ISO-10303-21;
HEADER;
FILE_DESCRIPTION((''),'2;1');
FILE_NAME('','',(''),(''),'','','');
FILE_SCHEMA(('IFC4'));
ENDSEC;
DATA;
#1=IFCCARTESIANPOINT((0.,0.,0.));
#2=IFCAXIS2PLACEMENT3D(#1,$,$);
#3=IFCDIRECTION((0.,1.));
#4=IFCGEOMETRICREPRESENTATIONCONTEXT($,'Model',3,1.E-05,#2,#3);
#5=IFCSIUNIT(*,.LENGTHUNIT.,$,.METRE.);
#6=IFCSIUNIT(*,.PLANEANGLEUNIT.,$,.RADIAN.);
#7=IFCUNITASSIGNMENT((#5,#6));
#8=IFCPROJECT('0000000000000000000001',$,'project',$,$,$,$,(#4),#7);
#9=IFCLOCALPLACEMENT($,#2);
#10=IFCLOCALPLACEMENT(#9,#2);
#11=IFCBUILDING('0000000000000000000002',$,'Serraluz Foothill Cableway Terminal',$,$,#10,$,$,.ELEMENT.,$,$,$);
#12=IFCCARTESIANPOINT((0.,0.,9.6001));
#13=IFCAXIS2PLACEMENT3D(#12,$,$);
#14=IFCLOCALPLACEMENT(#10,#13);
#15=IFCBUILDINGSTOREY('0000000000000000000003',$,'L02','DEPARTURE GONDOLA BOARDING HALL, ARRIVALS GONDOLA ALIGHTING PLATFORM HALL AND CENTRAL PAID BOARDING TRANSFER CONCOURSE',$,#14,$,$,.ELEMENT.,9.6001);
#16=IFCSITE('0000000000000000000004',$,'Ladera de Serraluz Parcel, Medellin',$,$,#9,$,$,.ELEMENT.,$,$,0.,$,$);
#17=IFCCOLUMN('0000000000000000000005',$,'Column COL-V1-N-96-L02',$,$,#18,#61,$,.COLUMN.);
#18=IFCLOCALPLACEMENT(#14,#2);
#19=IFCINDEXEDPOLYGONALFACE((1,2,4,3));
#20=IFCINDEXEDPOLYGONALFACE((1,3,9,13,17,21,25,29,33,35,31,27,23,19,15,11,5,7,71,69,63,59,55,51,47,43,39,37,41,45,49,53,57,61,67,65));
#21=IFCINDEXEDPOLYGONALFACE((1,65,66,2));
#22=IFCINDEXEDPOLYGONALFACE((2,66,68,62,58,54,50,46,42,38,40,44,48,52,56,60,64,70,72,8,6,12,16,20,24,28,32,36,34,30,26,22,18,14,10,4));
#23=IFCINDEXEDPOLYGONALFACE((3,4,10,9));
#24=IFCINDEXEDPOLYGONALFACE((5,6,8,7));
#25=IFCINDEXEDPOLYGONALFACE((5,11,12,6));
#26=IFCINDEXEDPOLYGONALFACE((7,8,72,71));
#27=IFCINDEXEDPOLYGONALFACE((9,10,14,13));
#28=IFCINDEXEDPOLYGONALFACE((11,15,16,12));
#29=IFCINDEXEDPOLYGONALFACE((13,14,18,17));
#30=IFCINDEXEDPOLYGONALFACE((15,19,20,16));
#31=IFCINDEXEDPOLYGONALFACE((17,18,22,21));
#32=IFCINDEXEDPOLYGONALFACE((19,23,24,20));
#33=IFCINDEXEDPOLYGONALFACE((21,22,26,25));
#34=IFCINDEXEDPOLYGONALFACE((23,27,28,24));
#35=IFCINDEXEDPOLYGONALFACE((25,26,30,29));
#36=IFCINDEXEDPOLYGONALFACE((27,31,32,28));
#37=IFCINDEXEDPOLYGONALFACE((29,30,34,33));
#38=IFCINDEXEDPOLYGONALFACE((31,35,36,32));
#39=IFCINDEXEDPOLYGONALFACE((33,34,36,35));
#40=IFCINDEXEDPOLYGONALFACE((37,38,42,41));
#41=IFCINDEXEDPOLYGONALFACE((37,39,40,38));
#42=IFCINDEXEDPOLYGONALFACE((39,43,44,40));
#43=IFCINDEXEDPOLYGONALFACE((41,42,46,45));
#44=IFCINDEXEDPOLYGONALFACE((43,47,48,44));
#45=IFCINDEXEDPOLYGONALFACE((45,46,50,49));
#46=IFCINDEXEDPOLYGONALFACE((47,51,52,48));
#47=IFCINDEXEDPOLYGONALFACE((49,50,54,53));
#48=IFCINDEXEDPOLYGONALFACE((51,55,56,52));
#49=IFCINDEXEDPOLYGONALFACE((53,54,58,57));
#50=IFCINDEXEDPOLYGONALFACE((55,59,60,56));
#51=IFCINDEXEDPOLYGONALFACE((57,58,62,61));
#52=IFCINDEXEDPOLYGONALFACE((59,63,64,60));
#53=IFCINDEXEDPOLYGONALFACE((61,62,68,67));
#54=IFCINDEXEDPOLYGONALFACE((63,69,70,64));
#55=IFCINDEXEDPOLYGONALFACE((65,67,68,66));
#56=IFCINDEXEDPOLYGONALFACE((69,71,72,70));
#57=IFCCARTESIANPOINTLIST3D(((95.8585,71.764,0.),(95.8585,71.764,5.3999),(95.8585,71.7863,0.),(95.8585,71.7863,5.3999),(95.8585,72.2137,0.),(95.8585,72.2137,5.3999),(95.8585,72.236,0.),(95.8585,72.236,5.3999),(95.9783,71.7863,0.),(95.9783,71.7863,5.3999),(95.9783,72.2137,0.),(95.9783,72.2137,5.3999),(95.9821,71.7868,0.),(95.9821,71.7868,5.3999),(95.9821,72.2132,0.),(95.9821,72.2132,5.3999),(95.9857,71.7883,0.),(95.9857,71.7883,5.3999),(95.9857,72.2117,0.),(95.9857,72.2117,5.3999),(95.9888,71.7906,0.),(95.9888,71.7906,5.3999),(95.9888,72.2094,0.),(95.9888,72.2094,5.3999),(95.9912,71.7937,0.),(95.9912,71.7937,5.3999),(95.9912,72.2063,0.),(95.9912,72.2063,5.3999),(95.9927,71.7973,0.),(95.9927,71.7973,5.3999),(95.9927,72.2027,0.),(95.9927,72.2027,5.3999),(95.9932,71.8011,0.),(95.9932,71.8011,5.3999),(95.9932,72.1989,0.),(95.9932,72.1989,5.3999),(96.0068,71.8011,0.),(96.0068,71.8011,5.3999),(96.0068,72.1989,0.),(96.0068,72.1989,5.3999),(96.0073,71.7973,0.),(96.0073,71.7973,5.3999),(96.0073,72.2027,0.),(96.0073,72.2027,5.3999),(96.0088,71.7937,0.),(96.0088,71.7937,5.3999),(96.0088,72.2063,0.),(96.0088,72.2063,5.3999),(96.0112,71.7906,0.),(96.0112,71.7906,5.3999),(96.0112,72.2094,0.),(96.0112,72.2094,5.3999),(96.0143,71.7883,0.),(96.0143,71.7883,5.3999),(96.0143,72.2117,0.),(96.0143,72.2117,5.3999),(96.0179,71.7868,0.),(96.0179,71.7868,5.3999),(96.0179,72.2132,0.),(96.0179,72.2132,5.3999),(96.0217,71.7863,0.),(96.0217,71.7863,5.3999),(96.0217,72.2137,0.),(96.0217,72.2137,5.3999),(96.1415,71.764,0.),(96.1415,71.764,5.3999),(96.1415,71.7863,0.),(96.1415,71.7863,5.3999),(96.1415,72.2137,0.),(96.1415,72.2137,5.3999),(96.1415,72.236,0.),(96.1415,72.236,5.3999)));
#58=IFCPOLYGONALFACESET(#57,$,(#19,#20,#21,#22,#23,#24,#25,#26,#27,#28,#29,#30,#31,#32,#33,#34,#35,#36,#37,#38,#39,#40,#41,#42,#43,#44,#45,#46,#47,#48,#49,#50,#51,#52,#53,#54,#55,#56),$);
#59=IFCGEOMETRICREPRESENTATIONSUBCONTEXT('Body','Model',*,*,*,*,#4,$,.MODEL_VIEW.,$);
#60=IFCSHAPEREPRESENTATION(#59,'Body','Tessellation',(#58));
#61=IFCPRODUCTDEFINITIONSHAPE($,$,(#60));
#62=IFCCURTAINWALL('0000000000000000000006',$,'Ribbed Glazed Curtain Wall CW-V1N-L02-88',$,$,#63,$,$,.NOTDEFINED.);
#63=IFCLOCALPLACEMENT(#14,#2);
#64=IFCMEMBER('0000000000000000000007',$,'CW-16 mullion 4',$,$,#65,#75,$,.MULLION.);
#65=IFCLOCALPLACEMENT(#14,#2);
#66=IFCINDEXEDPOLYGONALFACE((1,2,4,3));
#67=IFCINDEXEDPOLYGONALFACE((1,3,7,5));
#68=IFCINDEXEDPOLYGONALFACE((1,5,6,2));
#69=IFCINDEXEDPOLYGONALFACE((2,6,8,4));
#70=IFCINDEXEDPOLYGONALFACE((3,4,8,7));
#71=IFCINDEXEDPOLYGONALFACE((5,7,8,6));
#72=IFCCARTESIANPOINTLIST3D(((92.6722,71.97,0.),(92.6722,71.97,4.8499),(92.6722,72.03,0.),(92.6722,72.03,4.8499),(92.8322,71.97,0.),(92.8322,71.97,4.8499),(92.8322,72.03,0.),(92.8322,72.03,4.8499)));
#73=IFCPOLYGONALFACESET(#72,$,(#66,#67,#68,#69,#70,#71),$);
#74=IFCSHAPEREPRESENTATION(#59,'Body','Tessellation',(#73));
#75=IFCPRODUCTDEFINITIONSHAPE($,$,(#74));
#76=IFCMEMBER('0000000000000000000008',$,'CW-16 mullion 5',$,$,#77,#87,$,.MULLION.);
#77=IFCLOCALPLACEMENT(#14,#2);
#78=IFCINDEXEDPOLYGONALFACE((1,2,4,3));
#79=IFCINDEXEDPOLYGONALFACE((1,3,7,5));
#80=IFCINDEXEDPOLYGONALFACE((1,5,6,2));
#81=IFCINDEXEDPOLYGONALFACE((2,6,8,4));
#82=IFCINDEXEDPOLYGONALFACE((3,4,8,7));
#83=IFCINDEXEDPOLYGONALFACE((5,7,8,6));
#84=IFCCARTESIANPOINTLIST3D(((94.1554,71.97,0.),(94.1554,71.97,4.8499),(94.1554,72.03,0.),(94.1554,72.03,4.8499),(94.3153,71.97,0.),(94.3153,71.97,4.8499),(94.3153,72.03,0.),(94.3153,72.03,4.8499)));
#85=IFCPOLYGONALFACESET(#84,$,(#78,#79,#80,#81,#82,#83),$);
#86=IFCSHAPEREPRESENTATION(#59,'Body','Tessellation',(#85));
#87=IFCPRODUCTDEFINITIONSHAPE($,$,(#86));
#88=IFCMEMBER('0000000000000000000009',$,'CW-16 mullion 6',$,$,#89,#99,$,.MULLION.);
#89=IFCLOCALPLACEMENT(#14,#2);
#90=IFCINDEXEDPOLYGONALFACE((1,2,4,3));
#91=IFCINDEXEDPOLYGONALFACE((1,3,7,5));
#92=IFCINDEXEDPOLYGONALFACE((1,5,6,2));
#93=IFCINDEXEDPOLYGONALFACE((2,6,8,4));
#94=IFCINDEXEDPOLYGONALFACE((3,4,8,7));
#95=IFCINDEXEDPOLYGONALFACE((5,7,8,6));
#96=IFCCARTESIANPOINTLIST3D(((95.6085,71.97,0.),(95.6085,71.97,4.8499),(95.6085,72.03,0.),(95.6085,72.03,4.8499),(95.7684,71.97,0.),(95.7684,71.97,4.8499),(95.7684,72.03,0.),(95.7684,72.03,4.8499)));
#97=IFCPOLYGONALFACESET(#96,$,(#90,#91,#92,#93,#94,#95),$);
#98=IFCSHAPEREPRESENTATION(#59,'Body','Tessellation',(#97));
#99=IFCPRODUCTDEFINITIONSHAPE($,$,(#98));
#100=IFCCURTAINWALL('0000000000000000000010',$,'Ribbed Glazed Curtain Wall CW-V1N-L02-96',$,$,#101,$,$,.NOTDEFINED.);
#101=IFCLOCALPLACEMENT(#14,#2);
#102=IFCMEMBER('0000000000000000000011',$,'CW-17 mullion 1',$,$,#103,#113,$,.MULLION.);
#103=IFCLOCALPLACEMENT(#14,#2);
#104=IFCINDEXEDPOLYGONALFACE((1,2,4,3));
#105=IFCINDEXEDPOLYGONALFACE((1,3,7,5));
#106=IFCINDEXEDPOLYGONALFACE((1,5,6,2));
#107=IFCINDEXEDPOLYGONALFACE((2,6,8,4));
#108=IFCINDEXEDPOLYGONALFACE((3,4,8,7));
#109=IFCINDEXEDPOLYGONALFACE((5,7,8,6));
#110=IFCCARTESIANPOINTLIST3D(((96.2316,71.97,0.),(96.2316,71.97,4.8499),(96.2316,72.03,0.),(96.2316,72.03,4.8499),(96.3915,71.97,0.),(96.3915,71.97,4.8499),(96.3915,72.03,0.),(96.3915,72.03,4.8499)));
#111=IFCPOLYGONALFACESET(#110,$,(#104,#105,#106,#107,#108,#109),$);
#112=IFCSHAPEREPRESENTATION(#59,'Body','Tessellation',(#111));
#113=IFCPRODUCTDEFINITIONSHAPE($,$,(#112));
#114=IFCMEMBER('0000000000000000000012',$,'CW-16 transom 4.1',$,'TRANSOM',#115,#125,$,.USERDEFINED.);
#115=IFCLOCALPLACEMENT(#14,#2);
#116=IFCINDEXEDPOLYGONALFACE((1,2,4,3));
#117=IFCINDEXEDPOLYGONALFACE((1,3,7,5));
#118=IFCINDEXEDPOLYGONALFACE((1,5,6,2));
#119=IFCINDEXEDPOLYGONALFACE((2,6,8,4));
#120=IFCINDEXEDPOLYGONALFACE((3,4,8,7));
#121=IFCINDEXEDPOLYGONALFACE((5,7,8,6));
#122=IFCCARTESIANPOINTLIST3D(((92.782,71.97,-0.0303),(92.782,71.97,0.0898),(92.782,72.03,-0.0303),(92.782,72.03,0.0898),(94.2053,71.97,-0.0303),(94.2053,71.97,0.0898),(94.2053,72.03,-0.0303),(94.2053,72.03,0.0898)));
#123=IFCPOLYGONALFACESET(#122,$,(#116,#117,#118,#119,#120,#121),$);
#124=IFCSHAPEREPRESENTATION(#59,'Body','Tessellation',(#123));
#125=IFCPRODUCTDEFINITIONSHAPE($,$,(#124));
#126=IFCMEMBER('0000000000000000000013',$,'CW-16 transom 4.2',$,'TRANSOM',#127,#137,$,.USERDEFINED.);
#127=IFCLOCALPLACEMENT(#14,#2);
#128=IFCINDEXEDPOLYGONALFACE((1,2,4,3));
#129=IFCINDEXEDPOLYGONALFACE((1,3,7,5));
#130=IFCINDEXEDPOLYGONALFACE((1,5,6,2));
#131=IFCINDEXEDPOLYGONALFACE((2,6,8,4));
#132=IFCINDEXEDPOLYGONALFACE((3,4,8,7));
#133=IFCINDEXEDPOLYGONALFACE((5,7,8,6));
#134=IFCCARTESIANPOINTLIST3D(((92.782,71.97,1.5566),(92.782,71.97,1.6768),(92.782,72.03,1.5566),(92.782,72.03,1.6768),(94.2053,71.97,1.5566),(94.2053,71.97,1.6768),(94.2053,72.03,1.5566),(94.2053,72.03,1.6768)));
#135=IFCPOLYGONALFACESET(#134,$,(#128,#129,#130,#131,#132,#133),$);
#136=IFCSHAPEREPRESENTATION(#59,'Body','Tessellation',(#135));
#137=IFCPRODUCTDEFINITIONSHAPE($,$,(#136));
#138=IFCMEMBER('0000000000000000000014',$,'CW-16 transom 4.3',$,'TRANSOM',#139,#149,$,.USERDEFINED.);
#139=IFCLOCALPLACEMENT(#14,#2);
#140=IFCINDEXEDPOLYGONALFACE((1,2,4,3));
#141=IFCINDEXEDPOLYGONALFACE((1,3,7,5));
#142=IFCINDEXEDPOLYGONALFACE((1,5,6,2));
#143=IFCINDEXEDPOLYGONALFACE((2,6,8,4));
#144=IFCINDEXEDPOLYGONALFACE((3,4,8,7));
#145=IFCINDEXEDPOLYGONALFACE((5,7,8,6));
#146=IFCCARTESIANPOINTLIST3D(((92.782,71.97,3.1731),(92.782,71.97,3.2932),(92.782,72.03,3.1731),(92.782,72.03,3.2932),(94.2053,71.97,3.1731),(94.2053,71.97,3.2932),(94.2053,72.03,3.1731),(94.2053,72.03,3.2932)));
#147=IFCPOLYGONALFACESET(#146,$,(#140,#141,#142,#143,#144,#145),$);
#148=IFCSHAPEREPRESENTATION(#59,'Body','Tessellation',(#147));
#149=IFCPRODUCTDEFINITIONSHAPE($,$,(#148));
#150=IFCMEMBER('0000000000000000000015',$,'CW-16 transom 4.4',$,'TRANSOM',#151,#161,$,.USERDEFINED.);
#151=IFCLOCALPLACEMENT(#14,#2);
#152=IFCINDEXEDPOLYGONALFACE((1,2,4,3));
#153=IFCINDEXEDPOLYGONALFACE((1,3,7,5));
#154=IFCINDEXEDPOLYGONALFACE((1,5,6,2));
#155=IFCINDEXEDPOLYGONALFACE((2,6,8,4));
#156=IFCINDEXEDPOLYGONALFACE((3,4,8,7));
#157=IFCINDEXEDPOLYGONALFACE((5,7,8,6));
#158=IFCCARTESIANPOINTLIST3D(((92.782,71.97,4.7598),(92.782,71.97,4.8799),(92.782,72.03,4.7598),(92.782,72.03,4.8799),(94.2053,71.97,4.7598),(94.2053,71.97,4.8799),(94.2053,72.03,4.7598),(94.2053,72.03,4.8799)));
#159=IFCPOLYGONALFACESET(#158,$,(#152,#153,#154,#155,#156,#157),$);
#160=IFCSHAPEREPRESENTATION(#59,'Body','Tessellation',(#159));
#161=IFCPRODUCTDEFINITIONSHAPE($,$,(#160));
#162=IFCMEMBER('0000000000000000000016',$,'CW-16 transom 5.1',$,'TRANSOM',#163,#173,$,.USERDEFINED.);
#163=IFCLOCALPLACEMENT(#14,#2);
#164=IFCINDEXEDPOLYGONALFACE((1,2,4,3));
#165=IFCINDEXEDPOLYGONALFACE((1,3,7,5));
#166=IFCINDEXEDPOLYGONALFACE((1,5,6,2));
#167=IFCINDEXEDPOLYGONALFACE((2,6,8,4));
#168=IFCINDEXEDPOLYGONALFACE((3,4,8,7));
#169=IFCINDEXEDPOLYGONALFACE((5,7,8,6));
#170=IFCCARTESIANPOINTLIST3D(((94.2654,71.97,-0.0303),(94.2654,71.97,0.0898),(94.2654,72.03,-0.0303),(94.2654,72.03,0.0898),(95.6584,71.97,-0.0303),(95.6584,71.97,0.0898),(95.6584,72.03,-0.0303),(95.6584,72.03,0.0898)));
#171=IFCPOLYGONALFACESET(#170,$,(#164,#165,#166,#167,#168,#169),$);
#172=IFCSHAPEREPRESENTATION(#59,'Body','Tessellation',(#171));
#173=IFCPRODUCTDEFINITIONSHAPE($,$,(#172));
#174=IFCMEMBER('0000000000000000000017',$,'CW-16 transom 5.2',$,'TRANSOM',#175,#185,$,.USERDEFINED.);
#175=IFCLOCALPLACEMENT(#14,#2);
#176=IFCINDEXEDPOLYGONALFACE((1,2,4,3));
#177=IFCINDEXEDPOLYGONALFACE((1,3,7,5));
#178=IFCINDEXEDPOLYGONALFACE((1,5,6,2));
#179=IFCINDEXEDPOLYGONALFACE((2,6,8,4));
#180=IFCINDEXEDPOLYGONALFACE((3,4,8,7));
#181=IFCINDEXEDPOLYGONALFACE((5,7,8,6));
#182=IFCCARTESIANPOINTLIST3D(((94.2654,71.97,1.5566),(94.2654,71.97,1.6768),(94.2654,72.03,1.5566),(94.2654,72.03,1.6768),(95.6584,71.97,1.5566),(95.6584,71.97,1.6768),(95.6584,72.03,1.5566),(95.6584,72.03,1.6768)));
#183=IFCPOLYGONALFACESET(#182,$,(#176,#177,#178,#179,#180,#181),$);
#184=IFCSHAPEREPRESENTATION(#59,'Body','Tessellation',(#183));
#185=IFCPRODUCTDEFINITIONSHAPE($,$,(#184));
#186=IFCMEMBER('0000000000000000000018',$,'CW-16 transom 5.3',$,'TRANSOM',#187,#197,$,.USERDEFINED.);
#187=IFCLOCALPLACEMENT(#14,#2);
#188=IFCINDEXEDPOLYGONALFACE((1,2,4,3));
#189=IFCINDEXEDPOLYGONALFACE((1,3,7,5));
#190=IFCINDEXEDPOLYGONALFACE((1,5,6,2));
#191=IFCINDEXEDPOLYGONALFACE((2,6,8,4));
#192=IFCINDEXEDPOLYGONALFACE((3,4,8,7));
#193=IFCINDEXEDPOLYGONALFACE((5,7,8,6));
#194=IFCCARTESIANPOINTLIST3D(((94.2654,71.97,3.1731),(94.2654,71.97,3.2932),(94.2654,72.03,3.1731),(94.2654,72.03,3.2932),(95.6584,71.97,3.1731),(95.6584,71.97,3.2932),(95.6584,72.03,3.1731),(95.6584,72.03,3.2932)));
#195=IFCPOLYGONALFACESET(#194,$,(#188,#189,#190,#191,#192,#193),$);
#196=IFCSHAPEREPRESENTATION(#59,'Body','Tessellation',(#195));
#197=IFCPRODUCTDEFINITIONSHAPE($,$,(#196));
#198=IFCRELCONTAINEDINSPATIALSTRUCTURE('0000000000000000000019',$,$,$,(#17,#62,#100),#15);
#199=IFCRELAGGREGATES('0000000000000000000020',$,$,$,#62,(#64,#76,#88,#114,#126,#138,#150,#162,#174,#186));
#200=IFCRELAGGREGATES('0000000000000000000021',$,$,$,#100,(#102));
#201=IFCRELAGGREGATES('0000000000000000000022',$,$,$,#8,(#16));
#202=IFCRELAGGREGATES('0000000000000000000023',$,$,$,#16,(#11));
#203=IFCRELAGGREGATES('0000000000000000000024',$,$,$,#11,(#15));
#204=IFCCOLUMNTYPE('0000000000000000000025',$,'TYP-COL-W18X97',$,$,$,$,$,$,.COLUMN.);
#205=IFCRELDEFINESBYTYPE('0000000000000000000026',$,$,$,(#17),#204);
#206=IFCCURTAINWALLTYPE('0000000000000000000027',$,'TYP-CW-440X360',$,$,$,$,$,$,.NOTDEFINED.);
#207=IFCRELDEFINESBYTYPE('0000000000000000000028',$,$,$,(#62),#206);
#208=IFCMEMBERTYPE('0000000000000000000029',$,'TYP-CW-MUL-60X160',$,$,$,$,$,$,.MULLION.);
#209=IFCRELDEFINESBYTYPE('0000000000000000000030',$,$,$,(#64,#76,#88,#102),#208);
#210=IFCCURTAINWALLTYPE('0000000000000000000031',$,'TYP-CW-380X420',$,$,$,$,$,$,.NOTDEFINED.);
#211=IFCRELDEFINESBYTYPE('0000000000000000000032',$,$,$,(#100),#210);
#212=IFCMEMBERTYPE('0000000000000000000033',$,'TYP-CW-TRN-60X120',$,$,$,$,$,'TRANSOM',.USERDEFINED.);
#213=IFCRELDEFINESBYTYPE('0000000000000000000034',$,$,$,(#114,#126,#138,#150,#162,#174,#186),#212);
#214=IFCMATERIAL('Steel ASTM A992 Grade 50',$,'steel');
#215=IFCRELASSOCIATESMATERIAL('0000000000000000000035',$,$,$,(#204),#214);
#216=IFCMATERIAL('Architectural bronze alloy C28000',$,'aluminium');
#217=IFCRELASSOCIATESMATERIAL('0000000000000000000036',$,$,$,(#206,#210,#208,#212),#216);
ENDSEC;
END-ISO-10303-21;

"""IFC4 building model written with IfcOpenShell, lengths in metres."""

from ifc_helpers import new_model, si_unit, direction, frame, origin, origin_2d, place, context, subcontext, project, spatial, rectangle, i_section, extrude, material, material_profile, profile_set, type_object, element, aggregate, save


model = new_model("IFC4")

# Units and contexts
model_context = context("Model", 3, precision=1e-05, world=origin(), true_north=direction((0.0, 1.0)))
body_context = subcontext(model_context, "Body", "Model", "MODEL_VIEW")
ifc_project = project(units=[si_unit("LENGTHUNIT", "METRE"), si_unit("PLANEANGLEUNIT", "RADIAN")], contexts=[model_context])

# Site, building, storey
site_placement = place(None, origin())
site = spatial("IfcSite", under=ifc_project, at=site_placement, Name="Ladera de Serraluz Parcel, Medellin", CompositionType="ELEMENT", RefElevation=0.0)
building_placement = place(site_placement, origin())
building = spatial("IfcBuilding", under=site, at=building_placement, Name="Serraluz Foothill Cableway Terminal", CompositionType="ELEMENT")
storey_placement = place(building_placement, frame((0.0, 0.0, 9.6001)))
storey = spatial("IfcBuildingStorey", under=building, at=storey_placement, Name="L02", Description="DEPARTURE GONDOLA BOARDING HALL, ARRIVALS GONDOLA ALIGHTING PLATFORM HALL AND CENTRAL PAID BOARDING TRANSFER CONCOURSE", CompositionType="ELEMENT", Elevation=9.6001)

# Column
ifc_material_1 = material(Name="Steel ASTM A992 Grade 50", Category="steel")
ifc_material_profile_1 = material_profile(ifc_material_1, i_section(OverallWidth=0.283, OverallDepth=0.4719, WebThickness=0.0137, FlangeThickness=0.0222, FilletRadius=0.0149, at=origin_2d()), Name="W18X97")
ifc_profile_set_1 = profile_set([ifc_material_profile_1], Name="Steel ASTM A992 Grade 50")
column_type = type_object("IfcColumnType", Name="TYP-COL-W18X97", PredefinedType="COLUMN", material=ifc_profile_set_1)
column_placement = place(storey_placement, frame((96.0, 72.0, 0.0), z_axis=(0.0, 0.0, 1.0), x_axis=(1.0, 0.0, 0.0)))
element("IfcColumn", 1, at=column_placement, inside=storey, type_object=column_type, Name="Column COL-V1-N-96-L02", PredefinedType="COLUMN", context=body_context, shape_type="SweptSolid", body=[
    extrude(i_section(OverallWidth=0.283, OverallDepth=0.4719, WebThickness=0.0137, FlangeThickness=0.0222, FilletRadius=0.0149, at=origin_2d()), origin(), (0.0, 0.0, 1.0), 5.3999),
])

# Curtain wall, members
ifc_material_2 = material(Name="Architectural bronze alloy C28000", Category="aluminium")
curtain_wall_type_1 = type_object("IfcCurtainWallType", Name="TYP-CW-440X360", PredefinedType="NOTDEFINED", material=ifc_material_2)
curtain_wall_1_placement = place(storey_placement, origin())
curtain_wall_1 = element("IfcCurtainWall", 2, at=curtain_wall_1_placement, inside=storey, type_object=curtain_wall_type_1, Name="Ribbed Glazed Curtain Wall CW-V1N-L02-88", PredefinedType="NOTDEFINED")
ifc_material_profile_2 = material_profile(ifc_material_2, rectangle(XDim=0.0601, YDim=0.1599, at=origin_2d()), Name="ALU MULLION 60x160")
ifc_profile_set_2 = profile_set([ifc_material_profile_2], Name="Architectural bronze alloy C28000")
member_type_1 = type_object("IfcMemberType", Name="TYP-CW-MUL-60X160", PredefinedType="MULLION", material=ifc_profile_set_2)
member_1_placement = place(storey_placement, frame((92.7522, 72.0, 0.0), z_axis=(0.0, 0.0, 1.0), x_axis=(0.0, 1.0, 0.0)))
member_1 = element("IfcMember", 3, at=member_1_placement, type_object=member_type_1, Name="CW-16 mullion 4", PredefinedType="MULLION", context=body_context, shape_type="SweptSolid", body=[
    extrude(rectangle(XDim=0.0601, YDim=0.1599, at=origin_2d()), origin(), (0.0, 0.0, 1.0), 4.8499),
])
member_2_placement = place(storey_placement, frame((94.2354, 72.0, 0.0), z_axis=(0.0, 0.0, 1.0), x_axis=(0.0, 1.0, 0.0)))
member_2 = element("IfcMember", 4, at=member_2_placement, type_object=member_type_1, Name="CW-16 mullion 5", PredefinedType="MULLION", context=body_context, shape_type="SweptSolid", body=[
    extrude(rectangle(XDim=0.0601, YDim=0.1599, at=origin_2d()), origin(), (0.0, 0.0, 1.0), 4.8499),
])
member_3_placement = place(storey_placement, frame((95.6885, 72.0, 0.0), z_axis=(0.0, 0.0, 1.0), x_axis=(0.0, 1.0, 0.0)))
member_3 = element("IfcMember", 5, at=member_3_placement, type_object=member_type_1, Name="CW-16 mullion 6", PredefinedType="MULLION", context=body_context, shape_type="SweptSolid", body=[
    extrude(rectangle(XDim=0.0601, YDim=0.1599, at=origin_2d()), origin(), (0.0, 0.0, 1.0), 4.8499),
])

# Curtain wall, member
curtain_wall_type_2 = type_object("IfcCurtainWallType", Name="TYP-CW-380X420", PredefinedType="NOTDEFINED", material=ifc_material_2)
curtain_wall_2_placement = place(storey_placement, origin())
curtain_wall_2 = element("IfcCurtainWall", 6, at=curtain_wall_2_placement, inside=storey, type_object=curtain_wall_type_2, Name="Ribbed Glazed Curtain Wall CW-V1N-L02-96", PredefinedType="NOTDEFINED")
member_4_placement = place(storey_placement, frame((96.3115, 72.0, 0.0), z_axis=(0.0, 0.0, 1.0), x_axis=(0.0, 1.0, 0.0)))
member_4 = element("IfcMember", 7, at=member_4_placement, type_object=member_type_1, Name="CW-17 mullion 1", PredefinedType="MULLION", context=body_context, shape_type="SweptSolid", body=[
    extrude(rectangle(XDim=0.0601, YDim=0.1599, at=origin_2d()), origin(), (0.0, 0.0, 1.0), 4.8499),
])

# Members
ifc_material_profile_3 = material_profile(ifc_material_2, rectangle(XDim=0.0601, YDim=0.1201, at=origin_2d()), Name="ALU TRANSOM 60x120")
ifc_profile_set_3 = profile_set([ifc_material_profile_3], Name="Architectural bronze alloy C28000")
member_type_2 = type_object("IfcMemberType", Name="TYP-CW-TRN-60X120", ElementType="TRANSOM", PredefinedType="USERDEFINED", material=ifc_profile_set_3)
member_5_placement = place(storey_placement, frame((92.782, 72.0, 0.0298), z_axis=(1.0, 0.0, 0.0), x_axis=(0.0, 1.0, 0.0)))
member_5 = element("IfcMember", 8, at=member_5_placement, type_object=member_type_2, Name="CW-16 transom 4.1", ObjectType="TRANSOM", PredefinedType="USERDEFINED", context=body_context, shape_type="SweptSolid", body=[
    extrude(rectangle(XDim=0.0601, YDim=0.1201, at=origin_2d()), origin(), (0.0, 0.0, 1.0), 1.4233),
])
member_6_placement = place(storey_placement, frame((92.782, 72.0, 1.6167), z_axis=(1.0, 0.0, 0.0), x_axis=(0.0, 1.0, 0.0)))
member_6 = element("IfcMember", 9, at=member_6_placement, type_object=member_type_2, Name="CW-16 transom 4.2", ObjectType="TRANSOM", PredefinedType="USERDEFINED", context=body_context, shape_type="SweptSolid", body=[
    extrude(rectangle(XDim=0.0601, YDim=0.1201, at=origin_2d()), origin(), (0.0, 0.0, 1.0), 1.4233),
])
member_7_placement = place(storey_placement, frame((92.782, 72.0, 3.2332), z_axis=(1.0, 0.0, 0.0), x_axis=(0.0, 1.0, 0.0)))
member_7 = element("IfcMember", 10, at=member_7_placement, type_object=member_type_2, Name="CW-16 transom 4.3", ObjectType="TRANSOM", PredefinedType="USERDEFINED", context=body_context, shape_type="SweptSolid", body=[
    extrude(rectangle(XDim=0.0601, YDim=0.1201, at=origin_2d()), origin(), (0.0, 0.0, 1.0), 1.4233),
])
member_8_placement = place(storey_placement, frame((92.782, 72.0, 4.8198), z_axis=(1.0, 0.0, 0.0), x_axis=(0.0, 1.0, 0.0)))
member_8 = element("IfcMember", 11, at=member_8_placement, type_object=member_type_2, Name="CW-16 transom 4.4", ObjectType="TRANSOM", PredefinedType="USERDEFINED", context=body_context, shape_type="SweptSolid", body=[
    extrude(rectangle(XDim=0.0601, YDim=0.1201, at=origin_2d()), origin(), (0.0, 0.0, 1.0), 1.4233),
])
member_9_placement = place(storey_placement, frame((94.2654, 72.0, 0.0298), z_axis=(1.0, 0.0, 0.0), x_axis=(0.0, 1.0, 0.0)))
member_9 = element("IfcMember", 12, at=member_9_placement, type_object=member_type_2, Name="CW-16 transom 5.1", ObjectType="TRANSOM", PredefinedType="USERDEFINED", context=body_context, shape_type="SweptSolid", body=[
    extrude(rectangle(XDim=0.0601, YDim=0.1201, at=origin_2d()), origin(), (0.0, 0.0, 1.0), 1.3931),
])
member_10_placement = place(storey_placement, frame((94.2654, 72.0, 1.6167), z_axis=(1.0, 0.0, 0.0), x_axis=(0.0, 1.0, 0.0)))
member_10 = element("IfcMember", 13, at=member_10_placement, type_object=member_type_2, Name="CW-16 transom 5.2", ObjectType="TRANSOM", PredefinedType="USERDEFINED", context=body_context, shape_type="SweptSolid", body=[
    extrude(rectangle(XDim=0.0601, YDim=0.1201, at=origin_2d()), origin(), (0.0, 0.0, 1.0), 1.3931),
])
member_11_placement = place(storey_placement, frame((94.2654, 72.0, 3.2332), z_axis=(1.0, 0.0, 0.0), x_axis=(0.0, 1.0, 0.0)))
member_11 = element("IfcMember", 14, at=member_11_placement, type_object=member_type_2, Name="CW-16 transom 5.3", ObjectType="TRANSOM", PredefinedType="USERDEFINED", context=body_context, shape_type="SweptSolid", body=[
    extrude(rectangle(XDim=0.0601, YDim=0.1201, at=origin_2d()), origin(), (0.0, 0.0, 1.0), 1.3931),
])

aggregate(curtain_wall_1, [member_1, member_2, member_3, member_5, member_6, member_7, member_8, member_9, member_10, member_11])
aggregate(curtain_wall_2, [member_4])

save(model, "model.ifc")
